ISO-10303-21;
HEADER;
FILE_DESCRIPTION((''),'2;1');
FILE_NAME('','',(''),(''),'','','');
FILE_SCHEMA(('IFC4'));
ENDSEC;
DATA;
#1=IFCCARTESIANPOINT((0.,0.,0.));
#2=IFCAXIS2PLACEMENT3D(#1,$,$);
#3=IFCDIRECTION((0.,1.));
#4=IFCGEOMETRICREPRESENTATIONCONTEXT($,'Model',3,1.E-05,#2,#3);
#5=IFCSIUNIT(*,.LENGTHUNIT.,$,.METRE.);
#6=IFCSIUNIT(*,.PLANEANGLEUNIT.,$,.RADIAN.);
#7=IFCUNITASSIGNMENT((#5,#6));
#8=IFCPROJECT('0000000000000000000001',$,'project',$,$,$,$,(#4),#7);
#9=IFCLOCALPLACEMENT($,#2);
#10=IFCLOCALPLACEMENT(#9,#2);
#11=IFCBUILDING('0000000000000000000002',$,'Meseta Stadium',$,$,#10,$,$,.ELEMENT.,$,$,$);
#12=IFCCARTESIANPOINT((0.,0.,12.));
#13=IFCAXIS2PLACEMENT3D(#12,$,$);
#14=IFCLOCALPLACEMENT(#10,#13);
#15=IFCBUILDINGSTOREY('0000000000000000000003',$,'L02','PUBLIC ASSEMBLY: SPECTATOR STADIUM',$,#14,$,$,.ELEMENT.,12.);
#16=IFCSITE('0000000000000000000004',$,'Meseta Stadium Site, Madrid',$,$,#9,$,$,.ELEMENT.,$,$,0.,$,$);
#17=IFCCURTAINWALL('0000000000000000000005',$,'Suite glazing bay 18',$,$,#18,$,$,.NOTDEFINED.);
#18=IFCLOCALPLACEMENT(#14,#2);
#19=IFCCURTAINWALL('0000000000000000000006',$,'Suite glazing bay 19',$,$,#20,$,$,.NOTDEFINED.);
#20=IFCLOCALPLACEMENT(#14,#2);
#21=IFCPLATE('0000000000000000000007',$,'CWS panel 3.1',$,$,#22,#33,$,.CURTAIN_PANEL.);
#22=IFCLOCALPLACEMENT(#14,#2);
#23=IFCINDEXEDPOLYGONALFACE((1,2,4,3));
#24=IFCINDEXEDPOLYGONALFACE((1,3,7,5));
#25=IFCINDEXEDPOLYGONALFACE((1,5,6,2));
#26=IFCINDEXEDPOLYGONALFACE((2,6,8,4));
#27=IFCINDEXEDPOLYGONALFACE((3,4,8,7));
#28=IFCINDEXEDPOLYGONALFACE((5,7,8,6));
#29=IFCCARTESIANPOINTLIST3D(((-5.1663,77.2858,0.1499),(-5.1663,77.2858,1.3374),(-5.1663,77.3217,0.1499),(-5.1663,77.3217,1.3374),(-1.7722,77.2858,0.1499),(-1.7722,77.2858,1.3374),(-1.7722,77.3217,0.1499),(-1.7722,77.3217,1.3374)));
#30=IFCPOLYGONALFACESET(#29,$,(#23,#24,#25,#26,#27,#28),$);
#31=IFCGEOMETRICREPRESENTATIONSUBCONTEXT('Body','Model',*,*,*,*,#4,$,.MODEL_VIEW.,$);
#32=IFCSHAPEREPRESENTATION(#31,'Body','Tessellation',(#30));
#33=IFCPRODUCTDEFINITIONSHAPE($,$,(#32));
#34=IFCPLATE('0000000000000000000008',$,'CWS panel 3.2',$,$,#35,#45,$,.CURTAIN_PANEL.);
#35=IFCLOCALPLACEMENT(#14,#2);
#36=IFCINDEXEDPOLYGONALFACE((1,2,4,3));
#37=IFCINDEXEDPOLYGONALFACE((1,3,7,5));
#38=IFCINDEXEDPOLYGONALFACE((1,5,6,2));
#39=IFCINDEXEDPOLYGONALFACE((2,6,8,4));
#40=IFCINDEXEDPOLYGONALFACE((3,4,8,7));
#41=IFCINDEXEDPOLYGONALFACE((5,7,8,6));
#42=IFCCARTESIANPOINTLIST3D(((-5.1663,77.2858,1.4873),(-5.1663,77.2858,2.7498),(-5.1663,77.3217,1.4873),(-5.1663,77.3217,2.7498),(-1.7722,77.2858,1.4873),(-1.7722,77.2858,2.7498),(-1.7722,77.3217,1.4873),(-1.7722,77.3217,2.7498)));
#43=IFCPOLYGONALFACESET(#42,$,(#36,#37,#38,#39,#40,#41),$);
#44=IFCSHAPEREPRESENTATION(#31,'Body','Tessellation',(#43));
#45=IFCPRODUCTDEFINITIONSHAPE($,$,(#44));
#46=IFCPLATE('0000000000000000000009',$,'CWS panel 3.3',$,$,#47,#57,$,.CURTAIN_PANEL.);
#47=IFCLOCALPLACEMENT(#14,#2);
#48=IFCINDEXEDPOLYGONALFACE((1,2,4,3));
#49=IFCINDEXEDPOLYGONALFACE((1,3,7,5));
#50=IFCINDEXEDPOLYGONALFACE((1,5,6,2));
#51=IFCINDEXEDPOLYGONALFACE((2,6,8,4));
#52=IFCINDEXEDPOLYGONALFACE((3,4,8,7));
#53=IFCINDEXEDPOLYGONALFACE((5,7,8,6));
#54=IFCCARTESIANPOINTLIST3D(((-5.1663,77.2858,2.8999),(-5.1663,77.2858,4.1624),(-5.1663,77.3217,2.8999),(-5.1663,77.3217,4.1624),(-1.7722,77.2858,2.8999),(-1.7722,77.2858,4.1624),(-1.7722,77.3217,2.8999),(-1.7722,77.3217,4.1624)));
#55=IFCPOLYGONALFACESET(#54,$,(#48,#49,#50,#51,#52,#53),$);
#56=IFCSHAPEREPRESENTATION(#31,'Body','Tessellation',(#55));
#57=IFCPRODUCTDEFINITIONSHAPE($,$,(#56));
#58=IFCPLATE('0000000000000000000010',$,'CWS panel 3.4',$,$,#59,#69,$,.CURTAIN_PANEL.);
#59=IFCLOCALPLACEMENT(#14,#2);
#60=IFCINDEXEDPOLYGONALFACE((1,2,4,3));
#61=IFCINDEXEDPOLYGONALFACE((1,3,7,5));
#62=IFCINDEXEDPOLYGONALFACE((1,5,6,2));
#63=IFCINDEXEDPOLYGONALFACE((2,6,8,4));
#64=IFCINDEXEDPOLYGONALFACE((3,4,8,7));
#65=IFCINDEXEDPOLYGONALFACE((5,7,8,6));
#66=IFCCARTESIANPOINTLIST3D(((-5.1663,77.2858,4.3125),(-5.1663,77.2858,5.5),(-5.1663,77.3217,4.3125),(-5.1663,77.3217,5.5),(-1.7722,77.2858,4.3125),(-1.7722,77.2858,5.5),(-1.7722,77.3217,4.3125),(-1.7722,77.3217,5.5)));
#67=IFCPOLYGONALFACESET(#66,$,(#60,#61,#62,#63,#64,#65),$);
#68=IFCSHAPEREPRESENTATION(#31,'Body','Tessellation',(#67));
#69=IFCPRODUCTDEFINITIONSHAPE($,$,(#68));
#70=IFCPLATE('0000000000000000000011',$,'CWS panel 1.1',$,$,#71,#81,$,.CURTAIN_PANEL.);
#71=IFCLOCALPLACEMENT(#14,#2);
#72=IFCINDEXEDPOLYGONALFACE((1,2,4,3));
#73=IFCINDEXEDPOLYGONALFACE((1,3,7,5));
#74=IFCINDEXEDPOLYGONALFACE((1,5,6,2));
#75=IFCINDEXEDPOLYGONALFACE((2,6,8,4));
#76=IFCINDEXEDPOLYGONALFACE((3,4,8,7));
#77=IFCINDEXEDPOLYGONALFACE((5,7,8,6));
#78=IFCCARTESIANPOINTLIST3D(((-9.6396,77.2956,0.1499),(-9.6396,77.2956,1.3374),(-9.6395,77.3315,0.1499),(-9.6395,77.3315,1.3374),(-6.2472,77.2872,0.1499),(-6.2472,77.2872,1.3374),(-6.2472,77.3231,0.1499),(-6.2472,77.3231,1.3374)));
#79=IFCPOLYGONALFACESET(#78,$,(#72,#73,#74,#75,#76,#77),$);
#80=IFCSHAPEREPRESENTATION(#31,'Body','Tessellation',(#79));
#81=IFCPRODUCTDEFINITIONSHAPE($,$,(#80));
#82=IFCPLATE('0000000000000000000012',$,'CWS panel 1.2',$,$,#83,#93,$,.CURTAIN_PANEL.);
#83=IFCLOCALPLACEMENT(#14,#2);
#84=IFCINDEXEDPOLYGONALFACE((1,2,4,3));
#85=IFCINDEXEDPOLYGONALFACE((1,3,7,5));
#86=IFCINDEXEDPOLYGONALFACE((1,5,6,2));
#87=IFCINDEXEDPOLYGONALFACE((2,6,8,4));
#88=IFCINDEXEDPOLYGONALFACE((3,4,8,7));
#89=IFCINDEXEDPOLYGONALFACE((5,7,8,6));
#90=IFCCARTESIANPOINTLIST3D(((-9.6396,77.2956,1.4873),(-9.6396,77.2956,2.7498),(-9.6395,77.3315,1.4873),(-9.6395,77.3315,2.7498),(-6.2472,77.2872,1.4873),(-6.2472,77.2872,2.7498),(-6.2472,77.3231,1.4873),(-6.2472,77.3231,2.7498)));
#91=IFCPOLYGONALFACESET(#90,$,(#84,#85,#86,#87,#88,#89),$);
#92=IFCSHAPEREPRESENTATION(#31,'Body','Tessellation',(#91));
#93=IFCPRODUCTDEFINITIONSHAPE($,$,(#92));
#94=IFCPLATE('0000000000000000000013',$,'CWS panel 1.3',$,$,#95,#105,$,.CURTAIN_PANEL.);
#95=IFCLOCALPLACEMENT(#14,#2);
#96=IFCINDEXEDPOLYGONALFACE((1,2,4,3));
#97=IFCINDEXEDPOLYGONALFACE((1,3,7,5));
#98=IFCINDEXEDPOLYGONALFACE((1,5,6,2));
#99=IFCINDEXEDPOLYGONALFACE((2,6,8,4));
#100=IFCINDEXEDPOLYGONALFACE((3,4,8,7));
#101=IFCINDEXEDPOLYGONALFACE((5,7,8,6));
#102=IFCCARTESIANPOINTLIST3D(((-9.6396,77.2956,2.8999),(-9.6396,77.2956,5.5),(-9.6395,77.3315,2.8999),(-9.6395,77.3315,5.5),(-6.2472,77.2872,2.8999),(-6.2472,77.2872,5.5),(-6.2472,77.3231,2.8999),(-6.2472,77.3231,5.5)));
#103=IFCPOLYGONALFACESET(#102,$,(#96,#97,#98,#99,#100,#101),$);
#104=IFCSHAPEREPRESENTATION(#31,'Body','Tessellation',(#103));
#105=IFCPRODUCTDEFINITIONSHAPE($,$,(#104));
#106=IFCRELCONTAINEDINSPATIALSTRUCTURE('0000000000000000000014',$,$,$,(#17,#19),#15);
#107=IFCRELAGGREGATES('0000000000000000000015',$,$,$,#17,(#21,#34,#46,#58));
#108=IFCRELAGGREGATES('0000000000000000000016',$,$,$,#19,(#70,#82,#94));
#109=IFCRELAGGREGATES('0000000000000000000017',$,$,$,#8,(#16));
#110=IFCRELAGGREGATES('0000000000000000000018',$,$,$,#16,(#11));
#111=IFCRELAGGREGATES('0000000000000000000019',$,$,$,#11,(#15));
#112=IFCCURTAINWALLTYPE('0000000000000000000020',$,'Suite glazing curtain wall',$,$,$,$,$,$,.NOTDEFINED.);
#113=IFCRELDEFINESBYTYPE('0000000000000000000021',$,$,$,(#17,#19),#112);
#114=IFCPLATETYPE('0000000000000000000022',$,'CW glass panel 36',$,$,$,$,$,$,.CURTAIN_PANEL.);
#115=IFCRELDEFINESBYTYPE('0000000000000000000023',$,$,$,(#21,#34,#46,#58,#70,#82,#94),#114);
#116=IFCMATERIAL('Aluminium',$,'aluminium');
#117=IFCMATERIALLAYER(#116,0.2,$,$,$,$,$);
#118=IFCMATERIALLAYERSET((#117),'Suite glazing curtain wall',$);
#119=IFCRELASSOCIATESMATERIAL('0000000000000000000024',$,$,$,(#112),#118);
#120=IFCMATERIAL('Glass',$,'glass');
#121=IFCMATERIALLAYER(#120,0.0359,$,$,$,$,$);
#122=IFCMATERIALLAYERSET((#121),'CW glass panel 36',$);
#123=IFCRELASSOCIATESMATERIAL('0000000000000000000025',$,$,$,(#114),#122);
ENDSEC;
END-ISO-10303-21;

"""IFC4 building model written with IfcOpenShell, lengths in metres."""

from ifc_helpers import new_model, si_unit, direction, frame, origin, origin_2d, place, context, subcontext, project, spatial, rectangle, extrude, material, layer, layer_set, type_object, element, aggregate, save


model = new_model("IFC4")

# Units and contexts
model_context = context("Model", 3, precision=1e-05, world=origin(), true_north=direction((0.0, 1.0)))
body_context = subcontext(model_context, "Body", "Model", "MODEL_VIEW")
ifc_project = project(units=[si_unit("LENGTHUNIT", "METRE"), si_unit("PLANEANGLEUNIT", "RADIAN")], contexts=[model_context])

# Site, building, storey
site_placement = place(None, origin())
site = spatial("IfcSite", under=ifc_project, at=site_placement, Name="Meseta Stadium Site, Madrid", CompositionType="ELEMENT", RefElevation=0.0)
building_placement = place(site_placement, origin())
building = spatial("IfcBuilding", under=site, at=building_placement, Name="Meseta Stadium", CompositionType="ELEMENT")
storey_placement = place(building_placement, frame((0.0, 0.0, 12.0)))
storey = spatial("IfcBuildingStorey", under=building, at=storey_placement, Name="L02", Description="PUBLIC ASSEMBLY: SPECTATOR STADIUM", CompositionType="ELEMENT", Elevation=12.0)

# Curtain walls
ifc_material_1 = material(Name="Aluminium", Category="aluminium")
ifc_layer_1 = layer(ifc_material_1, 0.2)
ifc_layer_set_1 = layer_set([ifc_layer_1], Name="Suite glazing curtain wall")
curtain_wall_type = type_object("IfcCurtainWallType", Name="Suite glazing curtain wall", PredefinedType="NOTDEFINED", material=ifc_layer_set_1)
curtain_wall_1_placement = place(storey_placement, origin())
curtain_wall_1 = element("IfcCurtainWall", 1, at=curtain_wall_1_placement, inside=storey, type_object=curtain_wall_type, Name="Suite glazing bay 18", PredefinedType="NOTDEFINED")
curtain_wall_2_placement = place(storey_placement, origin())
curtain_wall_2 = element("IfcCurtainWall", 2, at=curtain_wall_2_placement, inside=storey, type_object=curtain_wall_type, Name="Suite glazing bay 19", PredefinedType="NOTDEFINED")

# Plates
ifc_material_2 = material(Name="Glass", Category="glass")
ifc_layer_2 = layer(ifc_material_2, 0.0359)
ifc_layer_set_2 = layer_set([ifc_layer_2], Name="CW glass panel 36")
plate_type = type_object("IfcPlateType", Name="CW glass panel 36", PredefinedType="CURTAIN_PANEL", material=ifc_layer_set_2)
plate_1_placement = place(storey_placement, frame((-3.4692, 77.3037, 0.1499), z_axis=(0.0, 0.0, 1.0), x_axis=(-1.0, 0.0, 0.0)))
plate_1 = element("IfcPlate", 3, at=plate_1_placement, type_object=plate_type, Name="CWS panel 3.1", PredefinedType="CURTAIN_PANEL", context=body_context, shape_type="SweptSolid", body=[
    extrude(rectangle(XDim=3.394, YDim=0.0359, at=origin_2d()), origin(), (0.0, 0.0, 1.0), 1.1875),
])
plate_2_placement = place(storey_placement, frame((-3.4692, 77.3037, 1.4873), z_axis=(0.0, 0.0, 1.0), x_axis=(-1.0, 0.0, 0.0)))
plate_2 = element("IfcPlate", 4, at=plate_2_placement, type_object=plate_type, Name="CWS panel 3.2", PredefinedType="CURTAIN_PANEL", context=body_context, shape_type="SweptSolid", body=[
    extrude(rectangle(XDim=3.394, YDim=0.0359, at=origin_2d()), origin(), (0.0, 0.0, 1.0), 1.2625),
])
plate_3_placement = place(storey_placement, frame((-3.4692, 77.3037, 2.8999), z_axis=(0.0, 0.0, 1.0), x_axis=(-1.0, 0.0, 0.0)))
plate_3 = element("IfcPlate", 5, at=plate_3_placement, type_object=plate_type, Name="CWS panel 3.3", PredefinedType="CURTAIN_PANEL", context=body_context, shape_type="SweptSolid", body=[
    extrude(rectangle(XDim=3.394, YDim=0.0359, at=origin_2d()), origin(), (0.0, 0.0, 1.0), 1.2625),
])
plate_4_placement = place(storey_placement, frame((-3.4692, 77.3037, 4.3125), z_axis=(0.0, 0.0, 1.0), x_axis=(-1.0, 0.0, 0.0)))
plate_4 = element("IfcPlate", 6, at=plate_4_placement, type_object=plate_type, Name="CWS panel 3.4", PredefinedType="CURTAIN_PANEL", context=body_context, shape_type="SweptSolid", body=[
    extrude(rectangle(XDim=3.394, YDim=0.0359, at=origin_2d()), origin(), (0.0, 0.0, 1.0), 1.1875),
])
aggregate(curtain_wall_1, [plate_1, plate_2, plate_3, plate_4])
plate_5_placement = place(storey_placement, frame((-7.9434, 77.3093, 0.1499), z_axis=(0.0, 0.0, 1.0), x_axis=(-0.999997, 0.002486, 0.0)))
plate_5 = element("IfcPlate", 7, at=plate_5_placement, type_object=plate_type, Name="CWS panel 1.1", PredefinedType="CURTAIN_PANEL", context=body_context, shape_type="SweptSolid", body=[
    extrude(rectangle(XDim=3.3923, YDim=0.0359, at=origin_2d()), origin(), (0.0, 0.0, 1.0), 1.1875),
])
plate_6_placement = place(storey_placement, frame((-7.9434, 77.3093, 1.4873), z_axis=(0.0, 0.0, 1.0), x_axis=(-0.999997, 0.002486, 0.0)))
plate_6 = element("IfcPlate", 8, at=plate_6_placement, type_object=plate_type, Name="CWS panel 1.2", PredefinedType="CURTAIN_PANEL", context=body_context, shape_type="SweptSolid", body=[
    extrude(rectangle(XDim=3.3923, YDim=0.0359, at=origin_2d()), origin(), (0.0, 0.0, 1.0), 1.2625),
])
plate_7_placement = place(storey_placement, frame((-7.9434, 77.3093, 2.8999), z_axis=(0.0, 0.0, 1.0), x_axis=(-0.999997, 0.002486, 0.0)))
plate_7 = element("IfcPlate", 9, at=plate_7_placement, type_object=plate_type, Name="CWS panel 1.3", PredefinedType="CURTAIN_PANEL", context=body_context, shape_type="SweptSolid", body=[
    extrude(rectangle(XDim=3.3923, YDim=0.0359, at=origin_2d()), origin(), (0.0, 0.0, 1.0), 2.6001),
])
aggregate(curtain_wall_2, [plate_5, plate_6, plate_7])

save(model, "model.ifc")
